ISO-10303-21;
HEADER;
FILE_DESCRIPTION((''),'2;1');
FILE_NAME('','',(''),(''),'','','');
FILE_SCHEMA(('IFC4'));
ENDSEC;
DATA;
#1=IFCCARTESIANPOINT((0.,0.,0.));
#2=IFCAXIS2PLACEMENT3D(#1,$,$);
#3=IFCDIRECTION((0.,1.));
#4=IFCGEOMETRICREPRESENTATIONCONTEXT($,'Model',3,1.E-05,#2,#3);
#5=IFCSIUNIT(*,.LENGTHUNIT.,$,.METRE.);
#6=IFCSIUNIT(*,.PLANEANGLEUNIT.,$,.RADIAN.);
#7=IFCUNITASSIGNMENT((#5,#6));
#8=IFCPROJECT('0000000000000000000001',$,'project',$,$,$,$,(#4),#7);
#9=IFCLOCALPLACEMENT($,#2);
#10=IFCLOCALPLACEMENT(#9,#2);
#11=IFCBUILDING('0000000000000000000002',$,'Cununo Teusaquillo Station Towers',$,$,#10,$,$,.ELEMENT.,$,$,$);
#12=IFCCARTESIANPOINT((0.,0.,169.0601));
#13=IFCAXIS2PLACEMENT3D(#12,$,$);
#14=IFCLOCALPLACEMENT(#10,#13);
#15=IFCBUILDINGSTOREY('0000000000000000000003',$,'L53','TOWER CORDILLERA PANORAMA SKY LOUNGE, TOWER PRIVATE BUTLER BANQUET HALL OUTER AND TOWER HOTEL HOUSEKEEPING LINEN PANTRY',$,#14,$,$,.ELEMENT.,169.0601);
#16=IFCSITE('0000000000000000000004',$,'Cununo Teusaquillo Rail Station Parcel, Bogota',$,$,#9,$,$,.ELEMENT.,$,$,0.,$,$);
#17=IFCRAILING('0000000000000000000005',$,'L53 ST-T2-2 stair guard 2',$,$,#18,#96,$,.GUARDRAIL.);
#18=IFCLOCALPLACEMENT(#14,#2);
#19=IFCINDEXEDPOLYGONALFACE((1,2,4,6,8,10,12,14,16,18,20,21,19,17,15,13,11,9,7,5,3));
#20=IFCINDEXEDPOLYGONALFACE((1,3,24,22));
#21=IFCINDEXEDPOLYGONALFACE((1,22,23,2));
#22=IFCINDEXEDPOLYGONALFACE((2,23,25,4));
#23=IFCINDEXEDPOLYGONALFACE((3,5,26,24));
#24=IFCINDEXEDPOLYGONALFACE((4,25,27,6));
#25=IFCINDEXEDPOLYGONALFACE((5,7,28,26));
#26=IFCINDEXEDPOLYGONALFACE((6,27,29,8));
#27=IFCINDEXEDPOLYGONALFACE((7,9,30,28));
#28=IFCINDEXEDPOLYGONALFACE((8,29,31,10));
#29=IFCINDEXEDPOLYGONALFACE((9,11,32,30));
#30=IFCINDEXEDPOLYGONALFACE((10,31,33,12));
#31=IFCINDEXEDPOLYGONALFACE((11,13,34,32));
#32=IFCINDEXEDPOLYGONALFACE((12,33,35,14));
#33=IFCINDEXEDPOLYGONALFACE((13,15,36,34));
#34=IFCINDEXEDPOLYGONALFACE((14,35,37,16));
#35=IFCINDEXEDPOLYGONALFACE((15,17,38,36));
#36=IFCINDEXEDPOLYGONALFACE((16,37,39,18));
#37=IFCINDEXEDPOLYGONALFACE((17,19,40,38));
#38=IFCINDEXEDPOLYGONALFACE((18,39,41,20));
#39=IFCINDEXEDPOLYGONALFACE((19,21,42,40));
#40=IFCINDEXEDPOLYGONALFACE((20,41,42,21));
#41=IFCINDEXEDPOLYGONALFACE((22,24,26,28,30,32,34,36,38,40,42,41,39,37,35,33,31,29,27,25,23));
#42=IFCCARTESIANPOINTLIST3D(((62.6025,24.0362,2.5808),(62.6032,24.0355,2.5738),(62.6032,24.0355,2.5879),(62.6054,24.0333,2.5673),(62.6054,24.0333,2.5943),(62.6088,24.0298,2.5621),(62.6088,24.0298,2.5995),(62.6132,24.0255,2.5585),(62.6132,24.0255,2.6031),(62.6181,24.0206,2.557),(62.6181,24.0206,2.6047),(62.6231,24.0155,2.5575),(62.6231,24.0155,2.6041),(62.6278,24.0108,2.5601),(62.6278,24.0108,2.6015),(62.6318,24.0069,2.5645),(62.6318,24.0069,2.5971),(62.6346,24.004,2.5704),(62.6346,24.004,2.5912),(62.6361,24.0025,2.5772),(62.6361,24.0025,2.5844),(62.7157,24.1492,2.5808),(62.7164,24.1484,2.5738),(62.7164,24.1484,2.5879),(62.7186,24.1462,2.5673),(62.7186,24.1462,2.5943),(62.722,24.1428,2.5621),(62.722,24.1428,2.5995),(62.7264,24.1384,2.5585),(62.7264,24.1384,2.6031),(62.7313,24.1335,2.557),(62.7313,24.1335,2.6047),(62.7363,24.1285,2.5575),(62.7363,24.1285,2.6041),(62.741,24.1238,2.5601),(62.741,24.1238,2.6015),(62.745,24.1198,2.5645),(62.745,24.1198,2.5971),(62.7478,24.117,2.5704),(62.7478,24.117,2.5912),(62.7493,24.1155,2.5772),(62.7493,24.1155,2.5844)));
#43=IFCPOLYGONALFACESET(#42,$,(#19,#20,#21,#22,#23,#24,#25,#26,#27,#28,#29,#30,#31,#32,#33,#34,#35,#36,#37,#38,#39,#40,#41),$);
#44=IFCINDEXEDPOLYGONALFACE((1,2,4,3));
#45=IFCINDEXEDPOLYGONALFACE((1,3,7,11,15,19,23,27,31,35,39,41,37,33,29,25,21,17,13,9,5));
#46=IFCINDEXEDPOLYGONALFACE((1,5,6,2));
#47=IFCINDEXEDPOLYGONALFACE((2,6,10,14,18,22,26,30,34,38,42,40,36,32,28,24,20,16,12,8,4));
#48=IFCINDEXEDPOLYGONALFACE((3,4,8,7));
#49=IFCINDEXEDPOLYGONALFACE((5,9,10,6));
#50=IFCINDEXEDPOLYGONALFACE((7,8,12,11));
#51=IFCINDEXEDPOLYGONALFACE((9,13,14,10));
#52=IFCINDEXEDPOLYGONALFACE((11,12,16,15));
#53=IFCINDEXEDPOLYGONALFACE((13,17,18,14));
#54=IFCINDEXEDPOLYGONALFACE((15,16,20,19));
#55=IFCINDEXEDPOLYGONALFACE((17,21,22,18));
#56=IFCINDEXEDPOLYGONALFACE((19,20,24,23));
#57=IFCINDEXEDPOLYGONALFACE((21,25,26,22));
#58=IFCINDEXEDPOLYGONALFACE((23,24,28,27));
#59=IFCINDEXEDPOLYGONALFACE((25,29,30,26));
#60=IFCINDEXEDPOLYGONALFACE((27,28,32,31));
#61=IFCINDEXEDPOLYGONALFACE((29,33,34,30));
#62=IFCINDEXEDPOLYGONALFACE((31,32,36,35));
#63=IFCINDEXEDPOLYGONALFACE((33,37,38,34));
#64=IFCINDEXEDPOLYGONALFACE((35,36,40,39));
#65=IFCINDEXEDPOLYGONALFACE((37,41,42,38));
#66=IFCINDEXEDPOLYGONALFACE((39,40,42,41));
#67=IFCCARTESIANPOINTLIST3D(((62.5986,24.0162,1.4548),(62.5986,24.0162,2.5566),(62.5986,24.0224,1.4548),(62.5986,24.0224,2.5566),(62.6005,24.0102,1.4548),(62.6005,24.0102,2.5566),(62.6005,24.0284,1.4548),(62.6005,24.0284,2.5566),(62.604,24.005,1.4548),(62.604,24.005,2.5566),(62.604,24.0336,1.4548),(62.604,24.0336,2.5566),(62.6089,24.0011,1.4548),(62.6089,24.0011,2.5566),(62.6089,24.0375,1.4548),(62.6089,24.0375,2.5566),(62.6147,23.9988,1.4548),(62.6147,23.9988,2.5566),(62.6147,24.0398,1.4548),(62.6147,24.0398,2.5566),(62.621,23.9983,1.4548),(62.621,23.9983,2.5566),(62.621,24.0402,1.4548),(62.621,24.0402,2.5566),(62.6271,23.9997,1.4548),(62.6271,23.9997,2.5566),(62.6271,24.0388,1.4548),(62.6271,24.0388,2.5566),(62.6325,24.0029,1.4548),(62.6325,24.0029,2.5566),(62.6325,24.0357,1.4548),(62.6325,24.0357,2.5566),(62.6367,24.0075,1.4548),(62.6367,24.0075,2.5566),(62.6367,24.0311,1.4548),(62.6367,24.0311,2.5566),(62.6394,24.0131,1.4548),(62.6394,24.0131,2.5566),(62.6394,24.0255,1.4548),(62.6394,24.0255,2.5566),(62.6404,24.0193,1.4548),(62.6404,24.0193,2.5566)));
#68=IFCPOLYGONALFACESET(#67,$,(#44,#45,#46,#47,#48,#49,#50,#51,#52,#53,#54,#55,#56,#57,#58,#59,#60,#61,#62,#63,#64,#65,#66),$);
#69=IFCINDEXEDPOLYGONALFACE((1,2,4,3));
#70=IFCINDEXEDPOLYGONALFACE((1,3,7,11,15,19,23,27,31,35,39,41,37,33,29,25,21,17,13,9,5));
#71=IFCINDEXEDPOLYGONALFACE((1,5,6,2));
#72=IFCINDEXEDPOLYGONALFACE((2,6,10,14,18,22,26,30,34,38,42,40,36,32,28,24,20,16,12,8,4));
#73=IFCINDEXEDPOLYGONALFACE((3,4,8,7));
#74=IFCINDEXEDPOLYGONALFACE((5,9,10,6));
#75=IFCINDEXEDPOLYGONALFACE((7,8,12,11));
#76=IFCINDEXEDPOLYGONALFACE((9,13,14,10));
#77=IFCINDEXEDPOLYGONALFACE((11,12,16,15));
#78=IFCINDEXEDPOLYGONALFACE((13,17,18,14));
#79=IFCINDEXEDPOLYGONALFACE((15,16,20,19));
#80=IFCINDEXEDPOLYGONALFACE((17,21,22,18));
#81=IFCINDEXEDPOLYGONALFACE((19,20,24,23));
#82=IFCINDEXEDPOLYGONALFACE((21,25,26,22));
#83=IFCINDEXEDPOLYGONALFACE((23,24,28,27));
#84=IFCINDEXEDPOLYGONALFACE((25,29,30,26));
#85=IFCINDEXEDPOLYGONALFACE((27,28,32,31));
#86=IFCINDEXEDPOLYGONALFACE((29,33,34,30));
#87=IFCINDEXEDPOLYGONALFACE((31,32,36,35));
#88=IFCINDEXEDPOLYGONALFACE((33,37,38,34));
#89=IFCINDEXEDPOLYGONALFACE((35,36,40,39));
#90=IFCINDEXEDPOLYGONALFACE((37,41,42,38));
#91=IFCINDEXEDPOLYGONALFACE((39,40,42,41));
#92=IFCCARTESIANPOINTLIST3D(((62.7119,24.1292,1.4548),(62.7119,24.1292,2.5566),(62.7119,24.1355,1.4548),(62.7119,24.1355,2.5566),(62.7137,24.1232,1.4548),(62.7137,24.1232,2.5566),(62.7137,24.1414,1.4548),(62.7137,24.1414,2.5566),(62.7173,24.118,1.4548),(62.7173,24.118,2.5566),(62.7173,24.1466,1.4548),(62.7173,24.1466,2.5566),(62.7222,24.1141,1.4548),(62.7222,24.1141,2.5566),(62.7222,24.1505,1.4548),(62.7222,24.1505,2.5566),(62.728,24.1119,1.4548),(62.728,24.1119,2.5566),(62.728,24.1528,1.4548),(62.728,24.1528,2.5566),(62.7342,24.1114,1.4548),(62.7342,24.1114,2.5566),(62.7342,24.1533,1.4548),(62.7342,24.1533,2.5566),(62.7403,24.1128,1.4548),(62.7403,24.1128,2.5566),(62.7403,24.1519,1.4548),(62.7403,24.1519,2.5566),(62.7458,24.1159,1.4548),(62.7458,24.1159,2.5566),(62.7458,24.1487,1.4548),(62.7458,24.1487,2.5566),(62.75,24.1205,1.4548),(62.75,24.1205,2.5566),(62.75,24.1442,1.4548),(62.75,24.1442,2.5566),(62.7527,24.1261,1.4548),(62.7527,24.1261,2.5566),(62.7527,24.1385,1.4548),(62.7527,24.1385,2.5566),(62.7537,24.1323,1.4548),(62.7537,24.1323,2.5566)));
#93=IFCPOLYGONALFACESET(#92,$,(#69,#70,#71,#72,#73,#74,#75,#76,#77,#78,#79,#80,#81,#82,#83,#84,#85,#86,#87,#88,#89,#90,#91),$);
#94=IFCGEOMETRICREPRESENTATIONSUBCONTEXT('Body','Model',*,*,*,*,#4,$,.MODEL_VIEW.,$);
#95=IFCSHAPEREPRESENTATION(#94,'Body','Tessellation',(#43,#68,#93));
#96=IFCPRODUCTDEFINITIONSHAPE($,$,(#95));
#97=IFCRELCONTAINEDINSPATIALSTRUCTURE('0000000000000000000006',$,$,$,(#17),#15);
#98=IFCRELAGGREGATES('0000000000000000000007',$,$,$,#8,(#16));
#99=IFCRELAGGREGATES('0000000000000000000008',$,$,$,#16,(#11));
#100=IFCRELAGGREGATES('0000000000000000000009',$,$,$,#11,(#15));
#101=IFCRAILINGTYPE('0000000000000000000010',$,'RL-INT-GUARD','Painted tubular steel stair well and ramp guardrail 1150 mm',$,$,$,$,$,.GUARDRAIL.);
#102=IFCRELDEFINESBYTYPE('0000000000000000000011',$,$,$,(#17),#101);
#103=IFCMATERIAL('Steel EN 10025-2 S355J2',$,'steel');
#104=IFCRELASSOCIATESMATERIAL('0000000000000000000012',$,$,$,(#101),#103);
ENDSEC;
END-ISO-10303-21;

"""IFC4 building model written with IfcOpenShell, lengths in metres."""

from ifc_helpers import new_model, si_unit, direction, frame, origin, origin_2d, place, context, subcontext, project, spatial, circle, extrude, material, type_object, element, save


model = new_model("IFC4")

# Units and contexts
model_context = context("Model", 3, precision=1e-05, world=origin(), true_north=direction((0.0, 1.0)))
body_context = subcontext(model_context, "Body", "Model", "MODEL_VIEW")
ifc_project = project(units=[si_unit("LENGTHUNIT", "METRE"), si_unit("PLANEANGLEUNIT", "RADIAN")], contexts=[model_context])

# Site, building, storey
site_placement = place(None, origin())
site = spatial("IfcSite", under=ifc_project, at=site_placement, Name="Cununo Teusaquillo Rail Station Parcel, Bogota", CompositionType="ELEMENT", RefElevation=0.0)
building_placement = place(site_placement, origin())
building = spatial("IfcBuilding", under=site, at=building_placement, Name="Cununo Teusaquillo Station Towers", CompositionType="ELEMENT")
storey_placement = place(building_placement, frame((0.0, 0.0, 169.0601)))
storey = spatial("IfcBuildingStorey", under=building, at=storey_placement, Name="L53", Description="TOWER CORDILLERA PANORAMA SKY LOUNGE, TOWER PRIVATE BUTLER BANQUET HALL OUTER AND TOWER HOTEL HOUSEKEEPING LINEN PANTRY", CompositionType="ELEMENT", Elevation=169.0601)

# Railing
ifc_material_1 = material(Name="Steel EN 10025-2 S355J2", Category="steel")
railing_type_1 = type_object("IfcRailingType", Name="RL-INT-GUARD", Description="Painted tubular steel stair well and ramp guardrail 1150 mm", PredefinedType="GUARDRAIL", material=ifc_material_1)
railing_1_placement = place(storey_placement, frame((62.6194, 24.0193, 1.4548)))
element("IfcRailing", 1, at=railing_1_placement, inside=storey, type_object=railing_type_1, Name="L53 ST-T2-2 stair guard 2", PredefinedType="GUARDRAIL", context=body_context, shape_type="SweptSolid", body=[
    extrude(circle(Radius=0.0239, at=origin_2d()), frame((0.0, 0.0, 1.126), z_axis=(0.707869, 0.706344, 0.0), x_axis=(-0.706344, 0.707869, 0.0)), (0.0, 0.0, 1.0), 0.1599),
    extrude(circle(Radius=0.021, at=origin_2d()), origin(), (0.0, 0.0, 1.0), 1.1018),
    extrude(circle(Radius=0.021, at=origin_2d()), frame((0.1133, 0.113, 0.0)), (0.0, 0.0, 1.0), 1.1018),
])

save(model, "model.ifc")
